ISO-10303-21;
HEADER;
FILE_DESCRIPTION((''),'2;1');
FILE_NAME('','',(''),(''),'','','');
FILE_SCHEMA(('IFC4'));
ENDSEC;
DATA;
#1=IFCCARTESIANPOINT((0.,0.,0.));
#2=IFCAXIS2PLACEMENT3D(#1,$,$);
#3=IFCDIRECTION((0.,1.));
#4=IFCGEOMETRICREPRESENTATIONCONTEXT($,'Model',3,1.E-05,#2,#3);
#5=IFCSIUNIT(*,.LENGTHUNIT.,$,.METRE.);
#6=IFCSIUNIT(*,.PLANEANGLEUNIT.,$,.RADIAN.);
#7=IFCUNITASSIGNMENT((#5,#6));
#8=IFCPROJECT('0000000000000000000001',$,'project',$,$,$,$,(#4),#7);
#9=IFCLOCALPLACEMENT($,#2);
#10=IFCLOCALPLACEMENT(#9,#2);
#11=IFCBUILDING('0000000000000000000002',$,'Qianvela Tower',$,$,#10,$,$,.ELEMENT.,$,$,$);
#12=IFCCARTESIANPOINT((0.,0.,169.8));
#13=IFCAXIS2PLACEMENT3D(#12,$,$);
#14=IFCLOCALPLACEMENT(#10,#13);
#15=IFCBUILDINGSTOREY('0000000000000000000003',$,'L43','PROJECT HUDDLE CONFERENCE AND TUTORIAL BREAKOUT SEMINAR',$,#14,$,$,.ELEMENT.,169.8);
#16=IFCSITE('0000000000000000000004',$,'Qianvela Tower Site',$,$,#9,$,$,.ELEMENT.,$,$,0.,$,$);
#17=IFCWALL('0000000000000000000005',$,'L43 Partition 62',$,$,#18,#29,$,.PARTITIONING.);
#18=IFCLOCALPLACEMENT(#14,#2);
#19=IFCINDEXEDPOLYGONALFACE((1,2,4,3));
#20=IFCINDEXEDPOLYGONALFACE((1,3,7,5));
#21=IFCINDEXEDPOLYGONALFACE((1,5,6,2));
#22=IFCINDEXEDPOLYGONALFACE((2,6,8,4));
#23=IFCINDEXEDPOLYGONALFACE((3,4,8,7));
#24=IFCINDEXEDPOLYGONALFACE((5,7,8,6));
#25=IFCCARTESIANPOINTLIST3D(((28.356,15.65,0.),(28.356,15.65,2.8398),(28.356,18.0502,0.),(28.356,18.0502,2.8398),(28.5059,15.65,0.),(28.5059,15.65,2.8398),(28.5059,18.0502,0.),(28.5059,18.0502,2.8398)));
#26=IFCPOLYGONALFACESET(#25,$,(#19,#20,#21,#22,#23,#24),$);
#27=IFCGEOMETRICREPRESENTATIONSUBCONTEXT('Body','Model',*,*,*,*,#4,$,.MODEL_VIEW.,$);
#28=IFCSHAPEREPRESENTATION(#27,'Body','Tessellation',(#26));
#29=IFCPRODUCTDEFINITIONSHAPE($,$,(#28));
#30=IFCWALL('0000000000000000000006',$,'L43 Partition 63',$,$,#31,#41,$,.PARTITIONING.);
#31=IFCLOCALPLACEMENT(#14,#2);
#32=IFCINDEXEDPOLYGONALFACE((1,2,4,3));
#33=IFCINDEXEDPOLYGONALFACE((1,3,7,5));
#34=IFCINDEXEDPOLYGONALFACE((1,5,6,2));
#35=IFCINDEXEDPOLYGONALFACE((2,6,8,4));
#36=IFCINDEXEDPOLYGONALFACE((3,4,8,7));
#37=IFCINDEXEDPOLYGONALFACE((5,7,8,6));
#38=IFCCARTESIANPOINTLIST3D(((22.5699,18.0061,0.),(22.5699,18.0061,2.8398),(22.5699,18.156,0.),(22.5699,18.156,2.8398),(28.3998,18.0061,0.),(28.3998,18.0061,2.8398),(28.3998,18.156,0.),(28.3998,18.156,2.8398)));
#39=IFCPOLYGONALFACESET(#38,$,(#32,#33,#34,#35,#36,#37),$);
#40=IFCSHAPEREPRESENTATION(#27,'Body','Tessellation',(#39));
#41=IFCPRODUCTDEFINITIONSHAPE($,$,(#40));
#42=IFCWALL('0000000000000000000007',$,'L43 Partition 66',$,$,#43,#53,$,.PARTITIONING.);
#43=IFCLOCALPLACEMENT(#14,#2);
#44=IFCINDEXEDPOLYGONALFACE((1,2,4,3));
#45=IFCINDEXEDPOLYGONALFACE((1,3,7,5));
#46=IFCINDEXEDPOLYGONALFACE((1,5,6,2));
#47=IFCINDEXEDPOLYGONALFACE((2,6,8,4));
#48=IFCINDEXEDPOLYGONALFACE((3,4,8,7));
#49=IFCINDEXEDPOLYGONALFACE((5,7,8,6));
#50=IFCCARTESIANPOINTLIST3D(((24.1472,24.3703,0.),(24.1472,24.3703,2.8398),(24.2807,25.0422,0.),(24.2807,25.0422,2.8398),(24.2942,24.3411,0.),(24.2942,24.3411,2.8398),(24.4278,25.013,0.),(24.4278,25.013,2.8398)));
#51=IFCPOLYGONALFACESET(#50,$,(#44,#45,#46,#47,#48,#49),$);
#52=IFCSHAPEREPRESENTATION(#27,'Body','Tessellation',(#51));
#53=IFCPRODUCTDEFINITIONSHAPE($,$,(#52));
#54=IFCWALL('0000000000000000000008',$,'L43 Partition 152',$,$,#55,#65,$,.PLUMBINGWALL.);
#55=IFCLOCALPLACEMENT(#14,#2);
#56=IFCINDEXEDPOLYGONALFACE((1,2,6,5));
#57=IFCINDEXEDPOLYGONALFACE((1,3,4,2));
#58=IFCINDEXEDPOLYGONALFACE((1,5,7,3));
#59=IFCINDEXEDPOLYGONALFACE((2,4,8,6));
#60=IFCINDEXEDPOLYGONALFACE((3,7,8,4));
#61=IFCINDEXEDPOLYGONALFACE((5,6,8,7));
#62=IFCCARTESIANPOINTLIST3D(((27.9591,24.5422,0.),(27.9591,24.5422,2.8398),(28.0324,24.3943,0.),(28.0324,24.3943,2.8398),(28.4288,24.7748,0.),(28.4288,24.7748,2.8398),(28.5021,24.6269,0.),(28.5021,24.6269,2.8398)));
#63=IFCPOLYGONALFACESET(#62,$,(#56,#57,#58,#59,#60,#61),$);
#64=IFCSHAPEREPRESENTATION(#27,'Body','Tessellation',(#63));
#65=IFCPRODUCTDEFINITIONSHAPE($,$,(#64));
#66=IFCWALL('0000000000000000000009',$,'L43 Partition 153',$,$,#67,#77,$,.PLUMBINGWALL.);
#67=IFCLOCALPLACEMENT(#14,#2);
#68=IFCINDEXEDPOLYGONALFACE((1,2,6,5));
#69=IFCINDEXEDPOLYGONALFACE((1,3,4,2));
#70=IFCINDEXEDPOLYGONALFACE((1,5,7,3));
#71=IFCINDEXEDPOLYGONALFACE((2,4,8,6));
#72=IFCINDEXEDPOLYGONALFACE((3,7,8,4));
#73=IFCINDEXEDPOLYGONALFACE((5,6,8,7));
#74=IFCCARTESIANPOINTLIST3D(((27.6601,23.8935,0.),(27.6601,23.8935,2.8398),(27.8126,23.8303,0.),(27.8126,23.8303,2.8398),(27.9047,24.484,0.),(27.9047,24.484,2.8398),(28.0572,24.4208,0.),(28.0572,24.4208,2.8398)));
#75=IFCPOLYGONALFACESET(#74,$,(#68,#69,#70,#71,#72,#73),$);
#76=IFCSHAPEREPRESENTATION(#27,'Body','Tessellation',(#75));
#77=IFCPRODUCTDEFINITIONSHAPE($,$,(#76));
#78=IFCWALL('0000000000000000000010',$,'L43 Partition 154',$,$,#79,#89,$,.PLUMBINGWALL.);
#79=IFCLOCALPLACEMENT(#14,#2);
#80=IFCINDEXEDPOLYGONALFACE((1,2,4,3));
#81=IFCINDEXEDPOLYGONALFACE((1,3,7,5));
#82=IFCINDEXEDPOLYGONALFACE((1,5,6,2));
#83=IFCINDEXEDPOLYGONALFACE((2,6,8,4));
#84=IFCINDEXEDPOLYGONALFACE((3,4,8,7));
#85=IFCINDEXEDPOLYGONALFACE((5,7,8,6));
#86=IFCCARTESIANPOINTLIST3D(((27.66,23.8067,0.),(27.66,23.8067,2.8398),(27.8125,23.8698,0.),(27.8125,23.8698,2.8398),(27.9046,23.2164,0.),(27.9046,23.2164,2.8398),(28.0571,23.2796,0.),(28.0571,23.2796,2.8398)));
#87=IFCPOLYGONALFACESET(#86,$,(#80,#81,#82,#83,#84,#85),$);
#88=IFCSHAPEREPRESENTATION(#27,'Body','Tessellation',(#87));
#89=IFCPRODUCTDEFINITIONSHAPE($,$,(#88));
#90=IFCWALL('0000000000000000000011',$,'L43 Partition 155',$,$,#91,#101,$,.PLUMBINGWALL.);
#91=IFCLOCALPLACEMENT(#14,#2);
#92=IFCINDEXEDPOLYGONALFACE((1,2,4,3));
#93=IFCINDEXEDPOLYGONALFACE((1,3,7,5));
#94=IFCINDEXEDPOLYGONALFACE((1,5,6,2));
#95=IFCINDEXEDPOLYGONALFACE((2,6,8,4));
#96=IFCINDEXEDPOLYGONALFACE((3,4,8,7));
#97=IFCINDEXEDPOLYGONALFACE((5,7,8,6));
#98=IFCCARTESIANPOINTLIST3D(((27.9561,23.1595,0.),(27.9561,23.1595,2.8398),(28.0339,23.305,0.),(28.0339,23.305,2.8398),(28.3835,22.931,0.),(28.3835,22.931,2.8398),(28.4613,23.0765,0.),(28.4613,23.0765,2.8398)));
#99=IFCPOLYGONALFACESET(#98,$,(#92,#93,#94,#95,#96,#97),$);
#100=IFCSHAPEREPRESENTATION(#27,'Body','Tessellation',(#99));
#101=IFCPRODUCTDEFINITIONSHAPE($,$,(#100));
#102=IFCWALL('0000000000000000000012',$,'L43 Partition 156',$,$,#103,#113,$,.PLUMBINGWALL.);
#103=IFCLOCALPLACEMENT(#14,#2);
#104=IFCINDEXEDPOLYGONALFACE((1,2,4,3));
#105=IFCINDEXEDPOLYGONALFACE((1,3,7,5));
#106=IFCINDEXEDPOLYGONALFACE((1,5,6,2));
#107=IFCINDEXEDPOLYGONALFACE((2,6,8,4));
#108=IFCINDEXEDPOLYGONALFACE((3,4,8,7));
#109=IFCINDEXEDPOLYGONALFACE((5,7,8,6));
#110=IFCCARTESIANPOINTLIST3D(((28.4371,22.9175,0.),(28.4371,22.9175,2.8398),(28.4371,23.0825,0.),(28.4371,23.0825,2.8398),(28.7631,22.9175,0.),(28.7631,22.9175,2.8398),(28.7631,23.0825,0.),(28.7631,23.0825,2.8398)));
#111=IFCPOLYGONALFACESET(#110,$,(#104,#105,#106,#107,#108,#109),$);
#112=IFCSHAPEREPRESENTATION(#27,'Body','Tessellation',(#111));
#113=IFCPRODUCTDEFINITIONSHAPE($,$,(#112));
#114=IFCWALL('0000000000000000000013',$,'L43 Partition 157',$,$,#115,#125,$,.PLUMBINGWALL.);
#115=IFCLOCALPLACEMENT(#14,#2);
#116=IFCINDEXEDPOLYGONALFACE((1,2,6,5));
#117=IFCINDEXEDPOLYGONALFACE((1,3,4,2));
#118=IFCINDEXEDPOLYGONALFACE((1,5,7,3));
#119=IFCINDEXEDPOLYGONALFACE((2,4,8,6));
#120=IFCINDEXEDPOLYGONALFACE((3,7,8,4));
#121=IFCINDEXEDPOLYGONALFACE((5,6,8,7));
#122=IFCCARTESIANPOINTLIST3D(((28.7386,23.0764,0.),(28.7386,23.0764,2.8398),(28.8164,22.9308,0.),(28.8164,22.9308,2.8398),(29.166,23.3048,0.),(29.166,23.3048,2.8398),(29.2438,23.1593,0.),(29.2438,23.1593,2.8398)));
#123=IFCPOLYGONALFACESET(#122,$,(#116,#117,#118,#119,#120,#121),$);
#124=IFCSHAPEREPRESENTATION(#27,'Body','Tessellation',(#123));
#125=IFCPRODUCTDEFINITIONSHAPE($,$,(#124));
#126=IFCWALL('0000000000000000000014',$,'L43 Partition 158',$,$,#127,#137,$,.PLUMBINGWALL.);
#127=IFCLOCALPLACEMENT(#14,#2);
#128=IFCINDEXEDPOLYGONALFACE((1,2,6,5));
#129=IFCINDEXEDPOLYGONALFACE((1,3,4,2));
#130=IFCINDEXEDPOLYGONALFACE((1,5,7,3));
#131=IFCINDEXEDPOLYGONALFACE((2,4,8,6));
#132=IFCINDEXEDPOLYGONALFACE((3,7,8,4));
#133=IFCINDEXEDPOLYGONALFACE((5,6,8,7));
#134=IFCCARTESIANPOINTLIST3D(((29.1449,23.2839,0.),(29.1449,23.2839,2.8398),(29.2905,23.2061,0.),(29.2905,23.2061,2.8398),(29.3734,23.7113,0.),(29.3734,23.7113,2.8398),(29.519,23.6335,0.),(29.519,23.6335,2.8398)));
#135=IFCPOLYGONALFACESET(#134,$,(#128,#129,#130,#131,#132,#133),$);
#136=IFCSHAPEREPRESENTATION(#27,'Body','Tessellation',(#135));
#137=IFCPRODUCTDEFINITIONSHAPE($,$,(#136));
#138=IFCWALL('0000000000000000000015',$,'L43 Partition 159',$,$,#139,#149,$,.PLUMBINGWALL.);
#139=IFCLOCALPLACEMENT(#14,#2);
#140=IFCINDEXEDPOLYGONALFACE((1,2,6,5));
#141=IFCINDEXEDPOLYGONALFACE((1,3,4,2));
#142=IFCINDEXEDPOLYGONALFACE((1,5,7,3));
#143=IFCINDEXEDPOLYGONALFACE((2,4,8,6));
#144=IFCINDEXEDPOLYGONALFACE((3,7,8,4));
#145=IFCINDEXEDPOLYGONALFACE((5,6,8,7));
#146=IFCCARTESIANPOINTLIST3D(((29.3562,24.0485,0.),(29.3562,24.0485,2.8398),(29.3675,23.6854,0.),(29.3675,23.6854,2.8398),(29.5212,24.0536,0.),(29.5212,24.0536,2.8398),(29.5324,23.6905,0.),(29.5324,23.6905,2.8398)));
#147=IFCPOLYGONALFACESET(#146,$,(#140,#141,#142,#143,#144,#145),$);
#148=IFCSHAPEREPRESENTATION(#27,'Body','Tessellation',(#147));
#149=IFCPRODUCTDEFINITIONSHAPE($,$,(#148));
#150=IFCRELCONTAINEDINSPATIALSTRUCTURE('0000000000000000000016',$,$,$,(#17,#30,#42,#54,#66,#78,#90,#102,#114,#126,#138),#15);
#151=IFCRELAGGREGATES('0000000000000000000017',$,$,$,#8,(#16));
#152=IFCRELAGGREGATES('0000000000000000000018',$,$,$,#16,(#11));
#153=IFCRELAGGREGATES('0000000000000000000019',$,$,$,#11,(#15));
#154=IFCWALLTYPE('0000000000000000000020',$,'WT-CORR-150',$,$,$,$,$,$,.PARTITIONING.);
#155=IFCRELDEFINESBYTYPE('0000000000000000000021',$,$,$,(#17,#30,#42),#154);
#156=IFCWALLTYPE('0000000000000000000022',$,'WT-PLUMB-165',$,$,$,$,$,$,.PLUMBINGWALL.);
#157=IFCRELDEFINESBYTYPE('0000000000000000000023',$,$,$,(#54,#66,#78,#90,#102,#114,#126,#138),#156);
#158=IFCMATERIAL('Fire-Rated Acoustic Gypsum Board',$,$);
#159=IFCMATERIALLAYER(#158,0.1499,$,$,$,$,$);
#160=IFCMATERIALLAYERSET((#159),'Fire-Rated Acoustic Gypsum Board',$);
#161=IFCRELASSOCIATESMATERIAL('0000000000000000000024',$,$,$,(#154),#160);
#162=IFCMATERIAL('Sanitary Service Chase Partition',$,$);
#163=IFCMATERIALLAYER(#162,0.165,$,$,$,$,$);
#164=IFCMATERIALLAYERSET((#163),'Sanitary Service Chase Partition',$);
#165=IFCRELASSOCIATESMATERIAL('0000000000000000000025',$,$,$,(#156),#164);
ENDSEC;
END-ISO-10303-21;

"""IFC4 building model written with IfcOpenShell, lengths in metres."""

from ifc_helpers import new_model, si_unit, direction, frame, frame_2d, origin, place, context, subcontext, project, spatial, rectangle, extrude, material, layer, layer_set, type_object, element, save


model = new_model("IFC4")

# Units and contexts
model_context = context("Model", 3, precision=1e-05, world=origin(), true_north=direction((0.0, 1.0)))
body_context = subcontext(model_context, "Body", "Model", "MODEL_VIEW")
ifc_project = project(units=[si_unit("LENGTHUNIT", "METRE"), si_unit("PLANEANGLEUNIT", "RADIAN")], contexts=[model_context])

# Site, building, storey
site_placement = place(None, origin())
site = spatial("IfcSite", under=ifc_project, at=site_placement, Name="Qianvela Tower Site", CompositionType="ELEMENT", RefElevation=0.0)
building_placement = place(site_placement, origin())
building = spatial("IfcBuilding", under=site, at=building_placement, Name="Qianvela Tower", CompositionType="ELEMENT")
storey_placement = place(building_placement, frame((0.0, 0.0, 169.8)))
storey = spatial("IfcBuildingStorey", under=building, at=storey_placement, Name="L43", Description="PROJECT HUDDLE CONFERENCE AND TUTORIAL BREAKOUT SEMINAR", CompositionType="ELEMENT", Elevation=169.8)

# Walls
ifc_material_1 = material(Name="Fire-Rated Acoustic Gypsum Board")
ifc_layer_1 = layer(ifc_material_1, 0.1499)
ifc_layer_set_1 = layer_set([ifc_layer_1], Name="Fire-Rated Acoustic Gypsum Board")
wall_type_1 = type_object("IfcWallType", Name="WT-CORR-150", PredefinedType="PARTITIONING", material=ifc_layer_set_1)
wall_1_placement = place(storey_placement, frame((28.4309, 15.6499, 0.0), z_axis=(0.0, 0.0, 1.0), x_axis=(0.0, 1.0, 0.0)))
element("IfcWall", 1, at=wall_1_placement, inside=storey, type_object=wall_type_1, Name="L43 Partition 62", PredefinedType="PARTITIONING", context=body_context, shape_type="SweptSolid", body=[
    extrude(rectangle(XDim=2.4001, YDim=0.1499, at=frame_2d((1.2002, 0.0))), origin(), (0.0, 0.0, 1.0), 2.8398),
])
wall_2_placement = place(storey_placement, frame((28.3999, 18.0811, 0.0), z_axis=(0.0, 0.0, 1.0), x_axis=(-1.0, 0.0, 0.0)))
element("IfcWall", 2, at=wall_2_placement, inside=storey, type_object=wall_type_1, Name="L43 Partition 63", PredefinedType="PARTITIONING", context=body_context, shape_type="SweptSolid", body=[
    extrude(rectangle(XDim=5.8298, YDim=0.1499, at=frame_2d((2.915, 0.0))), origin(), (0.0, 0.0, 1.0), 2.8398),
])
wall_3_placement = place(storey_placement, frame((24.2207, 24.3557, 0.0), z_axis=(0.0, 0.0, 1.0), x_axis=(0.194951, 0.980813, 0.0)))
element("IfcWall", 3, at=wall_3_placement, inside=storey, type_object=wall_type_1, Name="L43 Partition 66", PredefinedType="PARTITIONING", context=body_context, shape_type="SweptSolid", body=[
    extrude(rectangle(XDim=0.6851, YDim=0.1499, at=frame_2d((0.3425, 0.0))), origin(), (0.0, 0.0, 1.0), 2.8398),
])
ifc_material_2 = material(Name="Sanitary Service Chase Partition")
ifc_layer_2 = layer(ifc_material_2, 0.165)
ifc_layer_set_2 = layer_set([ifc_layer_2], Name="Sanitary Service Chase Partition")
wall_type_2 = type_object("IfcWallType", Name="WT-PLUMB-165", PredefinedType="PLUMBINGWALL", material=ifc_layer_set_2)
wall_4_placement = place(storey_placement, frame((28.4656, 24.7009, 0.0), z_axis=(0.0, 0.0, 1.0), x_axis=(-0.896098, -0.443857, 0.0)))
element("IfcWall", 4, at=wall_4_placement, inside=storey, type_object=wall_type_2, Name="L43 Partition 152", PredefinedType="PLUMBINGWALL", context=body_context, shape_type="SweptSolid", body=[
    extrude(rectangle(XDim=0.5242, YDim=0.165, at=frame_2d((0.2622, 0.0))), origin(), (0.0, 0.0, 1.0), 2.8398),
])
wall_5_placement = place(storey_placement, frame((27.981, 24.4524, 0.0), z_axis=(0.0, 0.0, 1.0), x_axis=(-0.382689, -0.923877, 0.0)))
element("IfcWall", 5, at=wall_5_placement, inside=storey, type_object=wall_type_2, Name="L43 Partition 153", PredefinedType="PLUMBINGWALL", context=body_context, shape_type="SweptSolid", body=[
    extrude(rectangle(XDim=0.6392, YDim=0.165, at=frame_2d((0.3196, 0.0))), origin(), (0.0, 0.0, 1.0), 2.8398),
])
wall_6_placement = place(storey_placement, frame((27.7363, 23.8381, 0.0), z_axis=(0.0, 0.0, 1.0), x_axis=(0.382824, -0.923821, 0.0)))
element("IfcWall", 6, at=wall_6_placement, inside=storey, type_object=wall_type_2, Name="L43 Partition 154", PredefinedType="PLUMBINGWALL", context=body_context, shape_type="SweptSolid", body=[
    extrude(rectangle(XDim=0.6389, YDim=0.165, at=frame_2d((0.3193, 0.0))), origin(), (0.0, 0.0, 1.0), 2.8398),
])
wall_7_placement = place(storey_placement, frame((27.9951, 23.2322, 0.0), z_axis=(0.0, 0.0, 1.0), x_axis=(0.881906, -0.471425, 0.0)))
element("IfcWall", 7, at=wall_7_placement, inside=storey, type_object=wall_type_2, Name="L43 Partition 155", PredefinedType="PLUMBINGWALL", context=body_context, shape_type="SweptSolid", body=[
    extrude(rectangle(XDim=0.4846, YDim=0.165, at=frame_2d((0.2422, 0.0))), origin(), (0.0, 0.0, 1.0), 2.8398),
])
wall_8_placement = place(storey_placement, frame((28.437, 23.0, 0.0), z_axis=(0.0, 0.0, 1.0), x_axis=(1.0, 0.0, 0.0)))
element("IfcWall", 8, at=wall_8_placement, inside=storey, type_object=wall_type_2, Name="L43 Partition 156", PredefinedType="PLUMBINGWALL", context=body_context, shape_type="SweptSolid", body=[
    extrude(rectangle(XDim=0.3259, YDim=0.165, at=frame_2d((0.1631, 0.0))), origin(), (0.0, 0.0, 1.0), 2.8398),
])
for number, where, z_axis, x_axis, name in (
    (9, (28.7776, 23.0037, 0.0), (0.0, 0.0, 1.0), (0.881906, 0.471425, 0.0), "L43 Partition 157"),
    (10, (29.2178, 23.2451, 0.0), (0.0, 0.0, 1.0), (0.471425, 0.881906, 0.0), "L43 Partition 158"),
):
    element("IfcWall", number, at=place(storey_placement, frame(where, z_axis=z_axis, x_axis=x_axis)), inside=storey, type_object=wall_type_2, Name=name, PredefinedType="PLUMBINGWALL", context=body_context, shape_type="SweptSolid", body=[
        extrude(rectangle(XDim=0.4846, YDim=0.165, at=frame_2d((0.2422, 0.0))), origin(), (0.0, 0.0, 1.0), 2.8398),
    ])
wall_9_placement = place(storey_placement, frame((29.45, 23.688, 0.0), z_axis=(0.0, 0.0, 1.0), x_axis=(-0.03092, 0.999522, 0.0)))
element("IfcWall", 11, at=wall_9_placement, inside=storey, type_object=wall_type_2, Name="L43 Partition 159", PredefinedType="PLUMBINGWALL", context=body_context, shape_type="SweptSolid", body=[
    extrude(rectangle(XDim=0.3633, YDim=0.165, at=frame_2d((0.1816, 0.0))), origin(), (0.0, 0.0, 1.0), 2.8398),
])

save(model, "model.ifc")
